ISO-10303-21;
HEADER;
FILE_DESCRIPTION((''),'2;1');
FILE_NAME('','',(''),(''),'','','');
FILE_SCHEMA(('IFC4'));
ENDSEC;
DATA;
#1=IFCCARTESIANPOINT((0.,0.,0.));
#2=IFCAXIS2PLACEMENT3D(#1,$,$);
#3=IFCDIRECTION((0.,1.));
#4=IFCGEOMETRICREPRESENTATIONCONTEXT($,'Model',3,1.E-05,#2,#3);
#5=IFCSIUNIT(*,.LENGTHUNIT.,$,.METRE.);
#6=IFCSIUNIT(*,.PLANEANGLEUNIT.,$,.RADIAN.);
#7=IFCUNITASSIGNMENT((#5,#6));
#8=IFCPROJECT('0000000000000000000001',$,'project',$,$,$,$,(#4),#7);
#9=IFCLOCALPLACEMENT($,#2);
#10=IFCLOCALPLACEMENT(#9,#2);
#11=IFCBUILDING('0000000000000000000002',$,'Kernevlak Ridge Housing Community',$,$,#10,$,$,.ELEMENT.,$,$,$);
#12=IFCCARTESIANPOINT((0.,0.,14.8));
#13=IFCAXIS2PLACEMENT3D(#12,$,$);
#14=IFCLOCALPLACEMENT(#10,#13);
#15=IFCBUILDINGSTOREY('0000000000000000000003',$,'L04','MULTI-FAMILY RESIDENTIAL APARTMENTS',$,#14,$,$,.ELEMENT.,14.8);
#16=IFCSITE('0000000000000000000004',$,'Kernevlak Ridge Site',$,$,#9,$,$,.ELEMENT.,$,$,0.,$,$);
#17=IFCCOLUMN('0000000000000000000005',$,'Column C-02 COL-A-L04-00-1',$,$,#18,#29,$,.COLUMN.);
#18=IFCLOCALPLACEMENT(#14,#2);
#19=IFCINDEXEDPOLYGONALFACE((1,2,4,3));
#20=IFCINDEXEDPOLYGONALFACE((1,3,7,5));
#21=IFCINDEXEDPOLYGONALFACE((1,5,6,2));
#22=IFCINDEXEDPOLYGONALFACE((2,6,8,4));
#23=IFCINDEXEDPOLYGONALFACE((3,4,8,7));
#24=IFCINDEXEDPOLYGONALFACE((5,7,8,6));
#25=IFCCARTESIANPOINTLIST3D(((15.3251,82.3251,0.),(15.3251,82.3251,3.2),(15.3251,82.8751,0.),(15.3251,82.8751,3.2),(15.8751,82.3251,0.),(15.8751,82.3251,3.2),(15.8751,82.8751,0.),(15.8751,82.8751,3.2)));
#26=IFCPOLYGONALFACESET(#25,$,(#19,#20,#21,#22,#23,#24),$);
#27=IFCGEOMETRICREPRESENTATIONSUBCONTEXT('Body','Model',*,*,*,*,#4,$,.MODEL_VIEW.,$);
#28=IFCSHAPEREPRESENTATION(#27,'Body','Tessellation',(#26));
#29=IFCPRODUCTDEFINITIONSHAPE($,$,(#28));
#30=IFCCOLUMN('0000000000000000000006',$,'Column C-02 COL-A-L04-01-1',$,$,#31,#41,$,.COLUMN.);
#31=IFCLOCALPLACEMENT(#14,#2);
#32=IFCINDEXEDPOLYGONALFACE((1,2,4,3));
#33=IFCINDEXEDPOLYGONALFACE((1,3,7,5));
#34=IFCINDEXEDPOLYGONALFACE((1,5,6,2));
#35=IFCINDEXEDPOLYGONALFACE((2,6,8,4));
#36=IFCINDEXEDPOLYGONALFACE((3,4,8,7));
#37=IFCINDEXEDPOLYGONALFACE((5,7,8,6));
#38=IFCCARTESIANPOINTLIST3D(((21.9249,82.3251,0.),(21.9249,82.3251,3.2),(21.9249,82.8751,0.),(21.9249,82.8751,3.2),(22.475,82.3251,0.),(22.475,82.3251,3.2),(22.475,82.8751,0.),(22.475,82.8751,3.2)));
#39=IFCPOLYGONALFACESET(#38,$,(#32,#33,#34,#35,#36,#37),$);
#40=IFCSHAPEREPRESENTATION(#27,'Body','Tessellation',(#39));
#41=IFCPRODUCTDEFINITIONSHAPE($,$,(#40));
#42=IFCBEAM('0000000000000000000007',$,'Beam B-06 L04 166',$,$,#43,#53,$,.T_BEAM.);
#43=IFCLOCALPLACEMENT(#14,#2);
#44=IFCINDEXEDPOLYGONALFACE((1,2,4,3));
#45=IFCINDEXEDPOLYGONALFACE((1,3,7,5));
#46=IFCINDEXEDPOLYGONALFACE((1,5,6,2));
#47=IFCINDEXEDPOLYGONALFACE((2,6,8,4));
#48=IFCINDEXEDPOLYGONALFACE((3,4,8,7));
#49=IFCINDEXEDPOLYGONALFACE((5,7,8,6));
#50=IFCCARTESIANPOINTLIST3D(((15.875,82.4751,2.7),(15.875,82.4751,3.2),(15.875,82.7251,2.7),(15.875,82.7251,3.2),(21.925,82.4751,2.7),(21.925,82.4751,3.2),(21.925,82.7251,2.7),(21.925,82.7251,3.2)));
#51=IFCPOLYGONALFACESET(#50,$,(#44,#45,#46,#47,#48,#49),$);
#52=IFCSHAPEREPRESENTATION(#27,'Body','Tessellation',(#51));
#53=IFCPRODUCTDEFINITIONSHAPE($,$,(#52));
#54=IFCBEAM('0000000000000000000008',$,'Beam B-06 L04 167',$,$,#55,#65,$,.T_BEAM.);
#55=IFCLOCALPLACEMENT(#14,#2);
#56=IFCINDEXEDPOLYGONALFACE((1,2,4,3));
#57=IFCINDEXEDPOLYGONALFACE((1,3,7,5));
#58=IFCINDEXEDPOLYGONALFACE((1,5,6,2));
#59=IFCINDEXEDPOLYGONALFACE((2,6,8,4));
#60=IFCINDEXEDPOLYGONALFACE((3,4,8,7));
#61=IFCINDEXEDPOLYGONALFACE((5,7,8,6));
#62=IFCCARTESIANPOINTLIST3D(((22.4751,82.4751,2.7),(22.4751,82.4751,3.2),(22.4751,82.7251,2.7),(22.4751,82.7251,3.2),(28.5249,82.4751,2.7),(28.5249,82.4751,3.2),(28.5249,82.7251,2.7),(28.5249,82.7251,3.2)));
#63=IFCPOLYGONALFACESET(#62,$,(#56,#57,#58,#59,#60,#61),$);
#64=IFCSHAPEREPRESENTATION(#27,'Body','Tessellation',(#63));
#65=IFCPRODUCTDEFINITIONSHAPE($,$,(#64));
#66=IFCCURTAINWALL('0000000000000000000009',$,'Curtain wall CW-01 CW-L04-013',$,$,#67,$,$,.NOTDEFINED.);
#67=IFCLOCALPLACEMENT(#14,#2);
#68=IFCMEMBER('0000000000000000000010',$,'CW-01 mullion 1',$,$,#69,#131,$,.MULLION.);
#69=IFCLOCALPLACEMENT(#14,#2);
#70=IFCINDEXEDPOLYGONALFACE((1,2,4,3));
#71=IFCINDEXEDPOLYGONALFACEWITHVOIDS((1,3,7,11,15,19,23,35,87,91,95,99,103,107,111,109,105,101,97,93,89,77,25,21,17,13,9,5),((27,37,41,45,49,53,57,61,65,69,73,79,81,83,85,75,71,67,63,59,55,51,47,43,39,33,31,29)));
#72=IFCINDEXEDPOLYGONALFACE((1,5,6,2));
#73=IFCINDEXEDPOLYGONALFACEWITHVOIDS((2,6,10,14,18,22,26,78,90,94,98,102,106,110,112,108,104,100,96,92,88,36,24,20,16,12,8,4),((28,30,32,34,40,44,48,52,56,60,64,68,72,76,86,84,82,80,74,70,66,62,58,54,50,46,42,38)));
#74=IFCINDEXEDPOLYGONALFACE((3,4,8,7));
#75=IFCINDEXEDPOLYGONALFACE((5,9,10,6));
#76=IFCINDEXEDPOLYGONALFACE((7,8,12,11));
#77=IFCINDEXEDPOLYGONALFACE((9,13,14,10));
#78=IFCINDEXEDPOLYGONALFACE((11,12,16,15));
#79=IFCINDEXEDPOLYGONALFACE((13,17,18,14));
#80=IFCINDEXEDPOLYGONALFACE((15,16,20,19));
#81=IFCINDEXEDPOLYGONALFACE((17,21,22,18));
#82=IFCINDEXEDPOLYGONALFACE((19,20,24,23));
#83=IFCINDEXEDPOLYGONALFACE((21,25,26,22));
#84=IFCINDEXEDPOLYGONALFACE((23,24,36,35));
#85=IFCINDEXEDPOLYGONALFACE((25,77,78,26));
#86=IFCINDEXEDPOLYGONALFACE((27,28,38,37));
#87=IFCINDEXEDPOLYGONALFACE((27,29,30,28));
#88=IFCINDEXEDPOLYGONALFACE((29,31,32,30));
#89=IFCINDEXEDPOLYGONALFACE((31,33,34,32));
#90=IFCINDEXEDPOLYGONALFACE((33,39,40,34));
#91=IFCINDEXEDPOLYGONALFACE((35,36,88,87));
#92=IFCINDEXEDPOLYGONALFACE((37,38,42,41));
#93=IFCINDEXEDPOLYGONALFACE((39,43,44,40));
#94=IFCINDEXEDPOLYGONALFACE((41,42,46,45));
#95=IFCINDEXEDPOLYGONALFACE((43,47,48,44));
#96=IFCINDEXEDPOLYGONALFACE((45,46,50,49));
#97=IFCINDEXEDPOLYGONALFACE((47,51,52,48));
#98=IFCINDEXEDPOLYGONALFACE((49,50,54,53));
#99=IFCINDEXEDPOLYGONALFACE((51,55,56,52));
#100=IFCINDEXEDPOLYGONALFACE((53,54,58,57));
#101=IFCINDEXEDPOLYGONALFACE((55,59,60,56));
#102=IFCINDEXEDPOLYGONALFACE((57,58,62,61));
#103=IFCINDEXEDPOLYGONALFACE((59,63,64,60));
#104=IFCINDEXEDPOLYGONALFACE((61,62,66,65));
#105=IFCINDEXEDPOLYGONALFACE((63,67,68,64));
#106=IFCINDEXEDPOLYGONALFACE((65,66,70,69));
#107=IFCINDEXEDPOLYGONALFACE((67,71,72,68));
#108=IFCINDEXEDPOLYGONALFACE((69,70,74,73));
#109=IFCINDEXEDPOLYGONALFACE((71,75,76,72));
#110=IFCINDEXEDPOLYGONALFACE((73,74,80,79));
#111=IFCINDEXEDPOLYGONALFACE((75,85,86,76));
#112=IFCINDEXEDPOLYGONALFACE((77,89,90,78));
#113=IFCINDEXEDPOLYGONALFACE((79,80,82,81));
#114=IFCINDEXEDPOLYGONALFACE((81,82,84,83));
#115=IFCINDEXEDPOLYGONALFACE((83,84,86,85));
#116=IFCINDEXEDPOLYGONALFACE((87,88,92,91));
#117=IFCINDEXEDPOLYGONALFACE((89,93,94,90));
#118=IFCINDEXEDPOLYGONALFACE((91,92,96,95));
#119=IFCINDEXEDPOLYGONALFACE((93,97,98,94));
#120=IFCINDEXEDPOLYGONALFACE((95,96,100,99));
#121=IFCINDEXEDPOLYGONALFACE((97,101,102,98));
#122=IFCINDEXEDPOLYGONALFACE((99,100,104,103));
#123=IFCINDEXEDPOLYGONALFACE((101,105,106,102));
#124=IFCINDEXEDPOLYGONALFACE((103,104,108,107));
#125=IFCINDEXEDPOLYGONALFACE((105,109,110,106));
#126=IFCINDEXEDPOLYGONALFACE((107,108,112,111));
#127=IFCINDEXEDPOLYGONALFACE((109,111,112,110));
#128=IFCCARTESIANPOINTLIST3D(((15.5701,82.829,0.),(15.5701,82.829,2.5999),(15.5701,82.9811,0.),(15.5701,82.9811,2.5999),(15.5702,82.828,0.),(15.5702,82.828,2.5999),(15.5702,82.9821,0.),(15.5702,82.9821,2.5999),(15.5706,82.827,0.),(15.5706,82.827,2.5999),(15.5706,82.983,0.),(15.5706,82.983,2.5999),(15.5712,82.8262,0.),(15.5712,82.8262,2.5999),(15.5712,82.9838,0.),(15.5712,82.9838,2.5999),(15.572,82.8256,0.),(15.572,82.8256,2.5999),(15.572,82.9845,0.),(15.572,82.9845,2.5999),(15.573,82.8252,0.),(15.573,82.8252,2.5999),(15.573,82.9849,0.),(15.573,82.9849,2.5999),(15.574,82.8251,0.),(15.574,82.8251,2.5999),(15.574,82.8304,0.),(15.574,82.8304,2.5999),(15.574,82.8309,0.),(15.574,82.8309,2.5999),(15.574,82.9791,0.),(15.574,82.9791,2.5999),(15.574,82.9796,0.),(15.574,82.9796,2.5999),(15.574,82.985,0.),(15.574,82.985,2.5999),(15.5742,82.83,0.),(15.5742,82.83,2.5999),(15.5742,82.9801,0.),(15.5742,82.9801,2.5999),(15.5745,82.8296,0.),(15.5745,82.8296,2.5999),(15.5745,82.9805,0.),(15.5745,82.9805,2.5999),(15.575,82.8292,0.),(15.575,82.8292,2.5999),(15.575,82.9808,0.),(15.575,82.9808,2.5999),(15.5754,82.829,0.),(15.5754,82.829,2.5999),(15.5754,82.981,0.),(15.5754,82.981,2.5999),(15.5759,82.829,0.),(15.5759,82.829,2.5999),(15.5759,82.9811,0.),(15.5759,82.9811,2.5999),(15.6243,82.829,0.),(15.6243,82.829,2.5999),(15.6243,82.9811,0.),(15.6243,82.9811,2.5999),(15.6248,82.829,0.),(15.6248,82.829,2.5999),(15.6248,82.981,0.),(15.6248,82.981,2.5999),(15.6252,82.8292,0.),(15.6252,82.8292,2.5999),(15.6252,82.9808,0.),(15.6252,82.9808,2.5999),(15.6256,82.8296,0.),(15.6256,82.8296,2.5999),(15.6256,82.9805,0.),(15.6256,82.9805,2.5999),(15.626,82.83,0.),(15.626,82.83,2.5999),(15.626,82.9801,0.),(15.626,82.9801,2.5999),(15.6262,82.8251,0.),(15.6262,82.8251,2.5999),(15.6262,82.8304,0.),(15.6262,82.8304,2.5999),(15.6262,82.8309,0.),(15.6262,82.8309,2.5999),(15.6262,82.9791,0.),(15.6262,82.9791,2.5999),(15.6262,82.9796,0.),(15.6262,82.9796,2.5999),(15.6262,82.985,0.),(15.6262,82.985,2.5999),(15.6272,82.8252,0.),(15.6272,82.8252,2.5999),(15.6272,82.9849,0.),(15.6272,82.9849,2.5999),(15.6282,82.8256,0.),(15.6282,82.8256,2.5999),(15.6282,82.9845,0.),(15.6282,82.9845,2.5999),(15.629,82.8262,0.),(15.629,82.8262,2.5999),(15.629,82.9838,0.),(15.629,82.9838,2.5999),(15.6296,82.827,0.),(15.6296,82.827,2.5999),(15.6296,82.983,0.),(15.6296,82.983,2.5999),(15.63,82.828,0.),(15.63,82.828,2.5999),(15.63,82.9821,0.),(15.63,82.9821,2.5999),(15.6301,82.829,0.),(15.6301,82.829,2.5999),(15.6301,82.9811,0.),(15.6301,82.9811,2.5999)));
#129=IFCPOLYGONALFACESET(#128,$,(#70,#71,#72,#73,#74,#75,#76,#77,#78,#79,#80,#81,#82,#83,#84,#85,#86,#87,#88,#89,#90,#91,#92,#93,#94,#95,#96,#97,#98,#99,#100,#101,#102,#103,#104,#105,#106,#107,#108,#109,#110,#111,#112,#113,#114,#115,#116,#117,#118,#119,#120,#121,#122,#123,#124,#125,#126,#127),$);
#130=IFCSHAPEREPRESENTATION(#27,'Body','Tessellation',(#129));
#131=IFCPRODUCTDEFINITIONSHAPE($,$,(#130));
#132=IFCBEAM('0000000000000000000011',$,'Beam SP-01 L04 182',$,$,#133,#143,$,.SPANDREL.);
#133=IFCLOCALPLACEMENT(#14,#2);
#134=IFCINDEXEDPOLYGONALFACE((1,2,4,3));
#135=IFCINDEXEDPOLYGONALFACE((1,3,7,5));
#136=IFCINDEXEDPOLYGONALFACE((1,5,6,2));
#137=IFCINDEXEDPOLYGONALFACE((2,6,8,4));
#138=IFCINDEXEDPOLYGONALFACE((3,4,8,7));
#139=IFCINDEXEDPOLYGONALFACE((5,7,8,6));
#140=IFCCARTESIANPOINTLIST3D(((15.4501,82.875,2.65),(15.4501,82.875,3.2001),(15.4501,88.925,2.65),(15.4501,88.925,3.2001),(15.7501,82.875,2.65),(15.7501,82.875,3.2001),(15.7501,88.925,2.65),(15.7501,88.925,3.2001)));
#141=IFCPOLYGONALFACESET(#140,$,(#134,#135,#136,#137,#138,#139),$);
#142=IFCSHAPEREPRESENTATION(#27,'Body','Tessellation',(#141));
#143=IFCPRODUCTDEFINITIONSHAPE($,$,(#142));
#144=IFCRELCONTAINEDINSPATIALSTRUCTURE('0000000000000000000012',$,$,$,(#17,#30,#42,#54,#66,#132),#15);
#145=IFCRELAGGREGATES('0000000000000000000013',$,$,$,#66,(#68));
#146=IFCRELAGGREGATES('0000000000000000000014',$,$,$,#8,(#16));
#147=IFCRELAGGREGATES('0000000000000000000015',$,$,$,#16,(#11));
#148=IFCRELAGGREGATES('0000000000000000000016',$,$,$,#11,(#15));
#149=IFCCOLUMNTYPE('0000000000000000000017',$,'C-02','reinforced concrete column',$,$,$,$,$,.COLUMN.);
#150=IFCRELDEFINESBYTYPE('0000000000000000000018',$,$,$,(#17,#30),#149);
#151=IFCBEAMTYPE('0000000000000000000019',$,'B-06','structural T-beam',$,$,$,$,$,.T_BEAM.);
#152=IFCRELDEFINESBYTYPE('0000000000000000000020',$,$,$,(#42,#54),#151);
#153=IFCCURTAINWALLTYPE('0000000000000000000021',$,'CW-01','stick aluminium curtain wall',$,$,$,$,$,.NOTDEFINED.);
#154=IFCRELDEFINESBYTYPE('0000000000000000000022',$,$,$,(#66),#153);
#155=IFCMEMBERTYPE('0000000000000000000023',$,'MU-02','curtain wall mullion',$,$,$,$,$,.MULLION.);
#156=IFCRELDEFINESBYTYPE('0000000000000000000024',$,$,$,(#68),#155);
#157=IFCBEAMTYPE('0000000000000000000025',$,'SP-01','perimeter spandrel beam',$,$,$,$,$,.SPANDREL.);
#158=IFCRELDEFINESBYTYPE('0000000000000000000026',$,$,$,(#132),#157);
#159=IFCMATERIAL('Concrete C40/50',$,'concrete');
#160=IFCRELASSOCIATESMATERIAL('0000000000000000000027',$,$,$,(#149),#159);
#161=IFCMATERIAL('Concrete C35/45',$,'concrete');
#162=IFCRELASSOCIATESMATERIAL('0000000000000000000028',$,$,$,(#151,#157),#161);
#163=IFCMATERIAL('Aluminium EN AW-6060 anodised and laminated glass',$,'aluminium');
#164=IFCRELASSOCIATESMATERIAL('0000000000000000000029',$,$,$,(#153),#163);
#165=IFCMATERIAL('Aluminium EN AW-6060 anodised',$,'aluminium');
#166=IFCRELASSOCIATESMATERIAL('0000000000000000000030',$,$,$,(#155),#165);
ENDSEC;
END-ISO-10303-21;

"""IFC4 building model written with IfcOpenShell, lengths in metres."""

from ifc_helpers import new_model, si_unit, direction, frame, origin, origin_2d, place, context, subcontext, project, spatial, rectangle, hollow_rectangle, extrude, material, material_profile, profile_set, type_object, element, aggregate, save


model = new_model("IFC4")

# Units and contexts
model_context = context("Model", 3, precision=1e-05, world=origin(), true_north=direction((0.0, 1.0)))
body_context = subcontext(model_context, "Body", "Model", "MODEL_VIEW")
ifc_project = project(units=[si_unit("LENGTHUNIT", "METRE"), si_unit("PLANEANGLEUNIT", "RADIAN")], contexts=[model_context])

# Site, building, storey
site_placement = place(None, origin())
site = spatial("IfcSite", under=ifc_project, at=site_placement, Name="Kernevlak Ridge Site", CompositionType="ELEMENT", RefElevation=0.0)
building_placement = place(site_placement, origin())
building = spatial("IfcBuilding", under=site, at=building_placement, Name="Kernevlak Ridge Housing Community", CompositionType="ELEMENT")
storey_placement = place(building_placement, frame((0.0, 0.0, 14.8)))
storey = spatial("IfcBuildingStorey", under=building, at=storey_placement, Name="L04", Description="MULTI-FAMILY RESIDENTIAL APARTMENTS", CompositionType="ELEMENT", Elevation=14.8)

# Columns
ifc_material_1 = material(Name="Concrete C40/50", Category="concrete")
ifc_material_profile_1 = material_profile(ifc_material_1, rectangle(XDim=0.55, YDim=0.55, at=origin_2d()), Name="RC 550x550")
ifc_profile_set_1 = profile_set([ifc_material_profile_1], Name="Concrete C40/50")
column_type = type_object("IfcColumnType", Name="C-02", Description="reinforced concrete column", PredefinedType="COLUMN", material=ifc_profile_set_1)
for number, where, z_axis, x_axis, name in (
    (1, (15.6001, 82.6001, 0.0), (0.0, 0.0, 1.0), (1.0, 0.0, 0.0), "Column C-02 COL-A-L04-00-1"),
    (2, (22.2, 82.6001, 0.0), (0.0, 0.0, 1.0), (1.0, 0.0, 0.0), "Column C-02 COL-A-L04-01-1"),
):
    element("IfcColumn", number, at=place(storey_placement, frame(where, z_axis=z_axis, x_axis=x_axis)), inside=storey, type_object=column_type, Name=name, PredefinedType="COLUMN", context=body_context, shape_type="SweptSolid", body=[
        extrude(rectangle(XDim=0.55, YDim=0.55, at=origin_2d()), origin(), (0.0, 0.0, 1.0), 3.2),
    ])

# Beams
ifc_material_2 = material(Name="Concrete C35/45", Category="concrete")
ifc_material_profile_2 = material_profile(ifc_material_2, rectangle(XDim=0.25, YDim=0.5, at=origin_2d()), Name="RC 250x500")
ifc_profile_set_2 = profile_set([ifc_material_profile_2], Name="Concrete C35/45")
beam_type_1 = type_object("IfcBeamType", Name="B-06", Description="structural T-beam", PredefinedType="T_BEAM", material=ifc_profile_set_2)
beam_1_placement = place(storey_placement, frame((15.875, 82.6001, 2.95), z_axis=(1.0, 0.0, 0.0), x_axis=(0.0, 1.0, 0.0)))
element("IfcBeam", 3, at=beam_1_placement, inside=storey, type_object=beam_type_1, Name="Beam B-06 L04 166", PredefinedType="T_BEAM", context=body_context, shape_type="SweptSolid", body=[
    extrude(rectangle(XDim=0.25, YDim=0.5, at=origin_2d()), origin(), (0.0, 0.0, 1.0), 6.05),
])
beam_2_placement = place(storey_placement, frame((22.4751, 82.6001, 2.95), z_axis=(1.0, 0.0, 0.0), x_axis=(0.0, 1.0, 0.0)))
element("IfcBeam", 4, at=beam_2_placement, inside=storey, type_object=beam_type_1, Name="Beam B-06 L04 167", PredefinedType="T_BEAM", context=body_context, shape_type="SweptSolid", body=[
    extrude(rectangle(XDim=0.25, YDim=0.5, at=origin_2d()), origin(), (0.0, 0.0, 1.0), 6.0498),
])

# Curtain wall, member
ifc_material_3 = material(Name="Aluminium EN AW-6060 anodised and laminated glass", Category="aluminium")
curtain_wall_type = type_object("IfcCurtainWallType", Name="CW-01", Description="stick aluminium curtain wall", PredefinedType="NOTDEFINED", material=ifc_material_3)
curtain_wall_placement = place(storey_placement, origin())
curtain_wall = element("IfcCurtainWall", 5, at=curtain_wall_placement, inside=storey, type_object=curtain_wall_type, Name="Curtain wall CW-01 CW-L04-013", PredefinedType="NOTDEFINED")
ifc_material_4 = material(Name="Aluminium EN AW-6060 anodised", Category="aluminium")
ifc_material_profile_3 = material_profile(ifc_material_4, hollow_rectangle(XDim=0.0601, YDim=0.1599, WallThickness=0.0039, InnerFilletRadius=0.002, OuterFilletRadius=0.0039, at=origin_2d()), Name="ALU 60x160x4")
ifc_profile_set_3 = profile_set([ifc_material_profile_3], Name="Aluminium EN AW-6060 anodised")
member_type_1 = type_object("IfcMemberType", Name="MU-02", Description="curtain wall mullion", PredefinedType="MULLION", material=ifc_profile_set_3)
member_1_placement = place(storey_placement, frame((15.6001, 82.905, 0.0), z_axis=(0.0, 0.0, 1.0), x_axis=(-1.0, 0.0, 0.0)))
member_1 = element("IfcMember", 6, at=member_1_placement, type_object=member_type_1, Name="CW-01 mullion 1", PredefinedType="MULLION", context=body_context, shape_type="SweptSolid", body=[
    extrude(hollow_rectangle(XDim=0.0601, YDim=0.1599, WallThickness=0.0039, InnerFilletRadius=0.002, OuterFilletRadius=0.0039, at=origin_2d()), origin(), (0.0, 0.0, 1.0), 2.5999),
])

# Beam
ifc_material_profile_4 = material_profile(ifc_material_2, rectangle(XDim=0.3, YDim=0.55, at=origin_2d()), Name="RC 300x550")
ifc_profile_set_4 = profile_set([ifc_material_profile_4], Name="Concrete C35/45")
beam_type_2 = type_object("IfcBeamType", Name="SP-01", Description="perimeter spandrel beam", PredefinedType="SPANDREL", material=ifc_profile_set_4)
beam_3_placement = place(storey_placement, frame((15.6001, 82.875, 2.925), z_axis=(0.0, 1.0, 0.0), x_axis=(-1.0, 0.0, 0.0)))
element("IfcBeam", 7, at=beam_3_placement, inside=storey, type_object=beam_type_2, Name="Beam SP-01 L04 182", PredefinedType="SPANDREL", context=body_context, shape_type="SweptSolid", body=[
    extrude(rectangle(XDim=0.3, YDim=0.55, at=origin_2d()), origin(), (0.0, 0.0, 1.0), 6.05),
])

aggregate(curtain_wall, [member_1])

save(model, "model.ifc")
